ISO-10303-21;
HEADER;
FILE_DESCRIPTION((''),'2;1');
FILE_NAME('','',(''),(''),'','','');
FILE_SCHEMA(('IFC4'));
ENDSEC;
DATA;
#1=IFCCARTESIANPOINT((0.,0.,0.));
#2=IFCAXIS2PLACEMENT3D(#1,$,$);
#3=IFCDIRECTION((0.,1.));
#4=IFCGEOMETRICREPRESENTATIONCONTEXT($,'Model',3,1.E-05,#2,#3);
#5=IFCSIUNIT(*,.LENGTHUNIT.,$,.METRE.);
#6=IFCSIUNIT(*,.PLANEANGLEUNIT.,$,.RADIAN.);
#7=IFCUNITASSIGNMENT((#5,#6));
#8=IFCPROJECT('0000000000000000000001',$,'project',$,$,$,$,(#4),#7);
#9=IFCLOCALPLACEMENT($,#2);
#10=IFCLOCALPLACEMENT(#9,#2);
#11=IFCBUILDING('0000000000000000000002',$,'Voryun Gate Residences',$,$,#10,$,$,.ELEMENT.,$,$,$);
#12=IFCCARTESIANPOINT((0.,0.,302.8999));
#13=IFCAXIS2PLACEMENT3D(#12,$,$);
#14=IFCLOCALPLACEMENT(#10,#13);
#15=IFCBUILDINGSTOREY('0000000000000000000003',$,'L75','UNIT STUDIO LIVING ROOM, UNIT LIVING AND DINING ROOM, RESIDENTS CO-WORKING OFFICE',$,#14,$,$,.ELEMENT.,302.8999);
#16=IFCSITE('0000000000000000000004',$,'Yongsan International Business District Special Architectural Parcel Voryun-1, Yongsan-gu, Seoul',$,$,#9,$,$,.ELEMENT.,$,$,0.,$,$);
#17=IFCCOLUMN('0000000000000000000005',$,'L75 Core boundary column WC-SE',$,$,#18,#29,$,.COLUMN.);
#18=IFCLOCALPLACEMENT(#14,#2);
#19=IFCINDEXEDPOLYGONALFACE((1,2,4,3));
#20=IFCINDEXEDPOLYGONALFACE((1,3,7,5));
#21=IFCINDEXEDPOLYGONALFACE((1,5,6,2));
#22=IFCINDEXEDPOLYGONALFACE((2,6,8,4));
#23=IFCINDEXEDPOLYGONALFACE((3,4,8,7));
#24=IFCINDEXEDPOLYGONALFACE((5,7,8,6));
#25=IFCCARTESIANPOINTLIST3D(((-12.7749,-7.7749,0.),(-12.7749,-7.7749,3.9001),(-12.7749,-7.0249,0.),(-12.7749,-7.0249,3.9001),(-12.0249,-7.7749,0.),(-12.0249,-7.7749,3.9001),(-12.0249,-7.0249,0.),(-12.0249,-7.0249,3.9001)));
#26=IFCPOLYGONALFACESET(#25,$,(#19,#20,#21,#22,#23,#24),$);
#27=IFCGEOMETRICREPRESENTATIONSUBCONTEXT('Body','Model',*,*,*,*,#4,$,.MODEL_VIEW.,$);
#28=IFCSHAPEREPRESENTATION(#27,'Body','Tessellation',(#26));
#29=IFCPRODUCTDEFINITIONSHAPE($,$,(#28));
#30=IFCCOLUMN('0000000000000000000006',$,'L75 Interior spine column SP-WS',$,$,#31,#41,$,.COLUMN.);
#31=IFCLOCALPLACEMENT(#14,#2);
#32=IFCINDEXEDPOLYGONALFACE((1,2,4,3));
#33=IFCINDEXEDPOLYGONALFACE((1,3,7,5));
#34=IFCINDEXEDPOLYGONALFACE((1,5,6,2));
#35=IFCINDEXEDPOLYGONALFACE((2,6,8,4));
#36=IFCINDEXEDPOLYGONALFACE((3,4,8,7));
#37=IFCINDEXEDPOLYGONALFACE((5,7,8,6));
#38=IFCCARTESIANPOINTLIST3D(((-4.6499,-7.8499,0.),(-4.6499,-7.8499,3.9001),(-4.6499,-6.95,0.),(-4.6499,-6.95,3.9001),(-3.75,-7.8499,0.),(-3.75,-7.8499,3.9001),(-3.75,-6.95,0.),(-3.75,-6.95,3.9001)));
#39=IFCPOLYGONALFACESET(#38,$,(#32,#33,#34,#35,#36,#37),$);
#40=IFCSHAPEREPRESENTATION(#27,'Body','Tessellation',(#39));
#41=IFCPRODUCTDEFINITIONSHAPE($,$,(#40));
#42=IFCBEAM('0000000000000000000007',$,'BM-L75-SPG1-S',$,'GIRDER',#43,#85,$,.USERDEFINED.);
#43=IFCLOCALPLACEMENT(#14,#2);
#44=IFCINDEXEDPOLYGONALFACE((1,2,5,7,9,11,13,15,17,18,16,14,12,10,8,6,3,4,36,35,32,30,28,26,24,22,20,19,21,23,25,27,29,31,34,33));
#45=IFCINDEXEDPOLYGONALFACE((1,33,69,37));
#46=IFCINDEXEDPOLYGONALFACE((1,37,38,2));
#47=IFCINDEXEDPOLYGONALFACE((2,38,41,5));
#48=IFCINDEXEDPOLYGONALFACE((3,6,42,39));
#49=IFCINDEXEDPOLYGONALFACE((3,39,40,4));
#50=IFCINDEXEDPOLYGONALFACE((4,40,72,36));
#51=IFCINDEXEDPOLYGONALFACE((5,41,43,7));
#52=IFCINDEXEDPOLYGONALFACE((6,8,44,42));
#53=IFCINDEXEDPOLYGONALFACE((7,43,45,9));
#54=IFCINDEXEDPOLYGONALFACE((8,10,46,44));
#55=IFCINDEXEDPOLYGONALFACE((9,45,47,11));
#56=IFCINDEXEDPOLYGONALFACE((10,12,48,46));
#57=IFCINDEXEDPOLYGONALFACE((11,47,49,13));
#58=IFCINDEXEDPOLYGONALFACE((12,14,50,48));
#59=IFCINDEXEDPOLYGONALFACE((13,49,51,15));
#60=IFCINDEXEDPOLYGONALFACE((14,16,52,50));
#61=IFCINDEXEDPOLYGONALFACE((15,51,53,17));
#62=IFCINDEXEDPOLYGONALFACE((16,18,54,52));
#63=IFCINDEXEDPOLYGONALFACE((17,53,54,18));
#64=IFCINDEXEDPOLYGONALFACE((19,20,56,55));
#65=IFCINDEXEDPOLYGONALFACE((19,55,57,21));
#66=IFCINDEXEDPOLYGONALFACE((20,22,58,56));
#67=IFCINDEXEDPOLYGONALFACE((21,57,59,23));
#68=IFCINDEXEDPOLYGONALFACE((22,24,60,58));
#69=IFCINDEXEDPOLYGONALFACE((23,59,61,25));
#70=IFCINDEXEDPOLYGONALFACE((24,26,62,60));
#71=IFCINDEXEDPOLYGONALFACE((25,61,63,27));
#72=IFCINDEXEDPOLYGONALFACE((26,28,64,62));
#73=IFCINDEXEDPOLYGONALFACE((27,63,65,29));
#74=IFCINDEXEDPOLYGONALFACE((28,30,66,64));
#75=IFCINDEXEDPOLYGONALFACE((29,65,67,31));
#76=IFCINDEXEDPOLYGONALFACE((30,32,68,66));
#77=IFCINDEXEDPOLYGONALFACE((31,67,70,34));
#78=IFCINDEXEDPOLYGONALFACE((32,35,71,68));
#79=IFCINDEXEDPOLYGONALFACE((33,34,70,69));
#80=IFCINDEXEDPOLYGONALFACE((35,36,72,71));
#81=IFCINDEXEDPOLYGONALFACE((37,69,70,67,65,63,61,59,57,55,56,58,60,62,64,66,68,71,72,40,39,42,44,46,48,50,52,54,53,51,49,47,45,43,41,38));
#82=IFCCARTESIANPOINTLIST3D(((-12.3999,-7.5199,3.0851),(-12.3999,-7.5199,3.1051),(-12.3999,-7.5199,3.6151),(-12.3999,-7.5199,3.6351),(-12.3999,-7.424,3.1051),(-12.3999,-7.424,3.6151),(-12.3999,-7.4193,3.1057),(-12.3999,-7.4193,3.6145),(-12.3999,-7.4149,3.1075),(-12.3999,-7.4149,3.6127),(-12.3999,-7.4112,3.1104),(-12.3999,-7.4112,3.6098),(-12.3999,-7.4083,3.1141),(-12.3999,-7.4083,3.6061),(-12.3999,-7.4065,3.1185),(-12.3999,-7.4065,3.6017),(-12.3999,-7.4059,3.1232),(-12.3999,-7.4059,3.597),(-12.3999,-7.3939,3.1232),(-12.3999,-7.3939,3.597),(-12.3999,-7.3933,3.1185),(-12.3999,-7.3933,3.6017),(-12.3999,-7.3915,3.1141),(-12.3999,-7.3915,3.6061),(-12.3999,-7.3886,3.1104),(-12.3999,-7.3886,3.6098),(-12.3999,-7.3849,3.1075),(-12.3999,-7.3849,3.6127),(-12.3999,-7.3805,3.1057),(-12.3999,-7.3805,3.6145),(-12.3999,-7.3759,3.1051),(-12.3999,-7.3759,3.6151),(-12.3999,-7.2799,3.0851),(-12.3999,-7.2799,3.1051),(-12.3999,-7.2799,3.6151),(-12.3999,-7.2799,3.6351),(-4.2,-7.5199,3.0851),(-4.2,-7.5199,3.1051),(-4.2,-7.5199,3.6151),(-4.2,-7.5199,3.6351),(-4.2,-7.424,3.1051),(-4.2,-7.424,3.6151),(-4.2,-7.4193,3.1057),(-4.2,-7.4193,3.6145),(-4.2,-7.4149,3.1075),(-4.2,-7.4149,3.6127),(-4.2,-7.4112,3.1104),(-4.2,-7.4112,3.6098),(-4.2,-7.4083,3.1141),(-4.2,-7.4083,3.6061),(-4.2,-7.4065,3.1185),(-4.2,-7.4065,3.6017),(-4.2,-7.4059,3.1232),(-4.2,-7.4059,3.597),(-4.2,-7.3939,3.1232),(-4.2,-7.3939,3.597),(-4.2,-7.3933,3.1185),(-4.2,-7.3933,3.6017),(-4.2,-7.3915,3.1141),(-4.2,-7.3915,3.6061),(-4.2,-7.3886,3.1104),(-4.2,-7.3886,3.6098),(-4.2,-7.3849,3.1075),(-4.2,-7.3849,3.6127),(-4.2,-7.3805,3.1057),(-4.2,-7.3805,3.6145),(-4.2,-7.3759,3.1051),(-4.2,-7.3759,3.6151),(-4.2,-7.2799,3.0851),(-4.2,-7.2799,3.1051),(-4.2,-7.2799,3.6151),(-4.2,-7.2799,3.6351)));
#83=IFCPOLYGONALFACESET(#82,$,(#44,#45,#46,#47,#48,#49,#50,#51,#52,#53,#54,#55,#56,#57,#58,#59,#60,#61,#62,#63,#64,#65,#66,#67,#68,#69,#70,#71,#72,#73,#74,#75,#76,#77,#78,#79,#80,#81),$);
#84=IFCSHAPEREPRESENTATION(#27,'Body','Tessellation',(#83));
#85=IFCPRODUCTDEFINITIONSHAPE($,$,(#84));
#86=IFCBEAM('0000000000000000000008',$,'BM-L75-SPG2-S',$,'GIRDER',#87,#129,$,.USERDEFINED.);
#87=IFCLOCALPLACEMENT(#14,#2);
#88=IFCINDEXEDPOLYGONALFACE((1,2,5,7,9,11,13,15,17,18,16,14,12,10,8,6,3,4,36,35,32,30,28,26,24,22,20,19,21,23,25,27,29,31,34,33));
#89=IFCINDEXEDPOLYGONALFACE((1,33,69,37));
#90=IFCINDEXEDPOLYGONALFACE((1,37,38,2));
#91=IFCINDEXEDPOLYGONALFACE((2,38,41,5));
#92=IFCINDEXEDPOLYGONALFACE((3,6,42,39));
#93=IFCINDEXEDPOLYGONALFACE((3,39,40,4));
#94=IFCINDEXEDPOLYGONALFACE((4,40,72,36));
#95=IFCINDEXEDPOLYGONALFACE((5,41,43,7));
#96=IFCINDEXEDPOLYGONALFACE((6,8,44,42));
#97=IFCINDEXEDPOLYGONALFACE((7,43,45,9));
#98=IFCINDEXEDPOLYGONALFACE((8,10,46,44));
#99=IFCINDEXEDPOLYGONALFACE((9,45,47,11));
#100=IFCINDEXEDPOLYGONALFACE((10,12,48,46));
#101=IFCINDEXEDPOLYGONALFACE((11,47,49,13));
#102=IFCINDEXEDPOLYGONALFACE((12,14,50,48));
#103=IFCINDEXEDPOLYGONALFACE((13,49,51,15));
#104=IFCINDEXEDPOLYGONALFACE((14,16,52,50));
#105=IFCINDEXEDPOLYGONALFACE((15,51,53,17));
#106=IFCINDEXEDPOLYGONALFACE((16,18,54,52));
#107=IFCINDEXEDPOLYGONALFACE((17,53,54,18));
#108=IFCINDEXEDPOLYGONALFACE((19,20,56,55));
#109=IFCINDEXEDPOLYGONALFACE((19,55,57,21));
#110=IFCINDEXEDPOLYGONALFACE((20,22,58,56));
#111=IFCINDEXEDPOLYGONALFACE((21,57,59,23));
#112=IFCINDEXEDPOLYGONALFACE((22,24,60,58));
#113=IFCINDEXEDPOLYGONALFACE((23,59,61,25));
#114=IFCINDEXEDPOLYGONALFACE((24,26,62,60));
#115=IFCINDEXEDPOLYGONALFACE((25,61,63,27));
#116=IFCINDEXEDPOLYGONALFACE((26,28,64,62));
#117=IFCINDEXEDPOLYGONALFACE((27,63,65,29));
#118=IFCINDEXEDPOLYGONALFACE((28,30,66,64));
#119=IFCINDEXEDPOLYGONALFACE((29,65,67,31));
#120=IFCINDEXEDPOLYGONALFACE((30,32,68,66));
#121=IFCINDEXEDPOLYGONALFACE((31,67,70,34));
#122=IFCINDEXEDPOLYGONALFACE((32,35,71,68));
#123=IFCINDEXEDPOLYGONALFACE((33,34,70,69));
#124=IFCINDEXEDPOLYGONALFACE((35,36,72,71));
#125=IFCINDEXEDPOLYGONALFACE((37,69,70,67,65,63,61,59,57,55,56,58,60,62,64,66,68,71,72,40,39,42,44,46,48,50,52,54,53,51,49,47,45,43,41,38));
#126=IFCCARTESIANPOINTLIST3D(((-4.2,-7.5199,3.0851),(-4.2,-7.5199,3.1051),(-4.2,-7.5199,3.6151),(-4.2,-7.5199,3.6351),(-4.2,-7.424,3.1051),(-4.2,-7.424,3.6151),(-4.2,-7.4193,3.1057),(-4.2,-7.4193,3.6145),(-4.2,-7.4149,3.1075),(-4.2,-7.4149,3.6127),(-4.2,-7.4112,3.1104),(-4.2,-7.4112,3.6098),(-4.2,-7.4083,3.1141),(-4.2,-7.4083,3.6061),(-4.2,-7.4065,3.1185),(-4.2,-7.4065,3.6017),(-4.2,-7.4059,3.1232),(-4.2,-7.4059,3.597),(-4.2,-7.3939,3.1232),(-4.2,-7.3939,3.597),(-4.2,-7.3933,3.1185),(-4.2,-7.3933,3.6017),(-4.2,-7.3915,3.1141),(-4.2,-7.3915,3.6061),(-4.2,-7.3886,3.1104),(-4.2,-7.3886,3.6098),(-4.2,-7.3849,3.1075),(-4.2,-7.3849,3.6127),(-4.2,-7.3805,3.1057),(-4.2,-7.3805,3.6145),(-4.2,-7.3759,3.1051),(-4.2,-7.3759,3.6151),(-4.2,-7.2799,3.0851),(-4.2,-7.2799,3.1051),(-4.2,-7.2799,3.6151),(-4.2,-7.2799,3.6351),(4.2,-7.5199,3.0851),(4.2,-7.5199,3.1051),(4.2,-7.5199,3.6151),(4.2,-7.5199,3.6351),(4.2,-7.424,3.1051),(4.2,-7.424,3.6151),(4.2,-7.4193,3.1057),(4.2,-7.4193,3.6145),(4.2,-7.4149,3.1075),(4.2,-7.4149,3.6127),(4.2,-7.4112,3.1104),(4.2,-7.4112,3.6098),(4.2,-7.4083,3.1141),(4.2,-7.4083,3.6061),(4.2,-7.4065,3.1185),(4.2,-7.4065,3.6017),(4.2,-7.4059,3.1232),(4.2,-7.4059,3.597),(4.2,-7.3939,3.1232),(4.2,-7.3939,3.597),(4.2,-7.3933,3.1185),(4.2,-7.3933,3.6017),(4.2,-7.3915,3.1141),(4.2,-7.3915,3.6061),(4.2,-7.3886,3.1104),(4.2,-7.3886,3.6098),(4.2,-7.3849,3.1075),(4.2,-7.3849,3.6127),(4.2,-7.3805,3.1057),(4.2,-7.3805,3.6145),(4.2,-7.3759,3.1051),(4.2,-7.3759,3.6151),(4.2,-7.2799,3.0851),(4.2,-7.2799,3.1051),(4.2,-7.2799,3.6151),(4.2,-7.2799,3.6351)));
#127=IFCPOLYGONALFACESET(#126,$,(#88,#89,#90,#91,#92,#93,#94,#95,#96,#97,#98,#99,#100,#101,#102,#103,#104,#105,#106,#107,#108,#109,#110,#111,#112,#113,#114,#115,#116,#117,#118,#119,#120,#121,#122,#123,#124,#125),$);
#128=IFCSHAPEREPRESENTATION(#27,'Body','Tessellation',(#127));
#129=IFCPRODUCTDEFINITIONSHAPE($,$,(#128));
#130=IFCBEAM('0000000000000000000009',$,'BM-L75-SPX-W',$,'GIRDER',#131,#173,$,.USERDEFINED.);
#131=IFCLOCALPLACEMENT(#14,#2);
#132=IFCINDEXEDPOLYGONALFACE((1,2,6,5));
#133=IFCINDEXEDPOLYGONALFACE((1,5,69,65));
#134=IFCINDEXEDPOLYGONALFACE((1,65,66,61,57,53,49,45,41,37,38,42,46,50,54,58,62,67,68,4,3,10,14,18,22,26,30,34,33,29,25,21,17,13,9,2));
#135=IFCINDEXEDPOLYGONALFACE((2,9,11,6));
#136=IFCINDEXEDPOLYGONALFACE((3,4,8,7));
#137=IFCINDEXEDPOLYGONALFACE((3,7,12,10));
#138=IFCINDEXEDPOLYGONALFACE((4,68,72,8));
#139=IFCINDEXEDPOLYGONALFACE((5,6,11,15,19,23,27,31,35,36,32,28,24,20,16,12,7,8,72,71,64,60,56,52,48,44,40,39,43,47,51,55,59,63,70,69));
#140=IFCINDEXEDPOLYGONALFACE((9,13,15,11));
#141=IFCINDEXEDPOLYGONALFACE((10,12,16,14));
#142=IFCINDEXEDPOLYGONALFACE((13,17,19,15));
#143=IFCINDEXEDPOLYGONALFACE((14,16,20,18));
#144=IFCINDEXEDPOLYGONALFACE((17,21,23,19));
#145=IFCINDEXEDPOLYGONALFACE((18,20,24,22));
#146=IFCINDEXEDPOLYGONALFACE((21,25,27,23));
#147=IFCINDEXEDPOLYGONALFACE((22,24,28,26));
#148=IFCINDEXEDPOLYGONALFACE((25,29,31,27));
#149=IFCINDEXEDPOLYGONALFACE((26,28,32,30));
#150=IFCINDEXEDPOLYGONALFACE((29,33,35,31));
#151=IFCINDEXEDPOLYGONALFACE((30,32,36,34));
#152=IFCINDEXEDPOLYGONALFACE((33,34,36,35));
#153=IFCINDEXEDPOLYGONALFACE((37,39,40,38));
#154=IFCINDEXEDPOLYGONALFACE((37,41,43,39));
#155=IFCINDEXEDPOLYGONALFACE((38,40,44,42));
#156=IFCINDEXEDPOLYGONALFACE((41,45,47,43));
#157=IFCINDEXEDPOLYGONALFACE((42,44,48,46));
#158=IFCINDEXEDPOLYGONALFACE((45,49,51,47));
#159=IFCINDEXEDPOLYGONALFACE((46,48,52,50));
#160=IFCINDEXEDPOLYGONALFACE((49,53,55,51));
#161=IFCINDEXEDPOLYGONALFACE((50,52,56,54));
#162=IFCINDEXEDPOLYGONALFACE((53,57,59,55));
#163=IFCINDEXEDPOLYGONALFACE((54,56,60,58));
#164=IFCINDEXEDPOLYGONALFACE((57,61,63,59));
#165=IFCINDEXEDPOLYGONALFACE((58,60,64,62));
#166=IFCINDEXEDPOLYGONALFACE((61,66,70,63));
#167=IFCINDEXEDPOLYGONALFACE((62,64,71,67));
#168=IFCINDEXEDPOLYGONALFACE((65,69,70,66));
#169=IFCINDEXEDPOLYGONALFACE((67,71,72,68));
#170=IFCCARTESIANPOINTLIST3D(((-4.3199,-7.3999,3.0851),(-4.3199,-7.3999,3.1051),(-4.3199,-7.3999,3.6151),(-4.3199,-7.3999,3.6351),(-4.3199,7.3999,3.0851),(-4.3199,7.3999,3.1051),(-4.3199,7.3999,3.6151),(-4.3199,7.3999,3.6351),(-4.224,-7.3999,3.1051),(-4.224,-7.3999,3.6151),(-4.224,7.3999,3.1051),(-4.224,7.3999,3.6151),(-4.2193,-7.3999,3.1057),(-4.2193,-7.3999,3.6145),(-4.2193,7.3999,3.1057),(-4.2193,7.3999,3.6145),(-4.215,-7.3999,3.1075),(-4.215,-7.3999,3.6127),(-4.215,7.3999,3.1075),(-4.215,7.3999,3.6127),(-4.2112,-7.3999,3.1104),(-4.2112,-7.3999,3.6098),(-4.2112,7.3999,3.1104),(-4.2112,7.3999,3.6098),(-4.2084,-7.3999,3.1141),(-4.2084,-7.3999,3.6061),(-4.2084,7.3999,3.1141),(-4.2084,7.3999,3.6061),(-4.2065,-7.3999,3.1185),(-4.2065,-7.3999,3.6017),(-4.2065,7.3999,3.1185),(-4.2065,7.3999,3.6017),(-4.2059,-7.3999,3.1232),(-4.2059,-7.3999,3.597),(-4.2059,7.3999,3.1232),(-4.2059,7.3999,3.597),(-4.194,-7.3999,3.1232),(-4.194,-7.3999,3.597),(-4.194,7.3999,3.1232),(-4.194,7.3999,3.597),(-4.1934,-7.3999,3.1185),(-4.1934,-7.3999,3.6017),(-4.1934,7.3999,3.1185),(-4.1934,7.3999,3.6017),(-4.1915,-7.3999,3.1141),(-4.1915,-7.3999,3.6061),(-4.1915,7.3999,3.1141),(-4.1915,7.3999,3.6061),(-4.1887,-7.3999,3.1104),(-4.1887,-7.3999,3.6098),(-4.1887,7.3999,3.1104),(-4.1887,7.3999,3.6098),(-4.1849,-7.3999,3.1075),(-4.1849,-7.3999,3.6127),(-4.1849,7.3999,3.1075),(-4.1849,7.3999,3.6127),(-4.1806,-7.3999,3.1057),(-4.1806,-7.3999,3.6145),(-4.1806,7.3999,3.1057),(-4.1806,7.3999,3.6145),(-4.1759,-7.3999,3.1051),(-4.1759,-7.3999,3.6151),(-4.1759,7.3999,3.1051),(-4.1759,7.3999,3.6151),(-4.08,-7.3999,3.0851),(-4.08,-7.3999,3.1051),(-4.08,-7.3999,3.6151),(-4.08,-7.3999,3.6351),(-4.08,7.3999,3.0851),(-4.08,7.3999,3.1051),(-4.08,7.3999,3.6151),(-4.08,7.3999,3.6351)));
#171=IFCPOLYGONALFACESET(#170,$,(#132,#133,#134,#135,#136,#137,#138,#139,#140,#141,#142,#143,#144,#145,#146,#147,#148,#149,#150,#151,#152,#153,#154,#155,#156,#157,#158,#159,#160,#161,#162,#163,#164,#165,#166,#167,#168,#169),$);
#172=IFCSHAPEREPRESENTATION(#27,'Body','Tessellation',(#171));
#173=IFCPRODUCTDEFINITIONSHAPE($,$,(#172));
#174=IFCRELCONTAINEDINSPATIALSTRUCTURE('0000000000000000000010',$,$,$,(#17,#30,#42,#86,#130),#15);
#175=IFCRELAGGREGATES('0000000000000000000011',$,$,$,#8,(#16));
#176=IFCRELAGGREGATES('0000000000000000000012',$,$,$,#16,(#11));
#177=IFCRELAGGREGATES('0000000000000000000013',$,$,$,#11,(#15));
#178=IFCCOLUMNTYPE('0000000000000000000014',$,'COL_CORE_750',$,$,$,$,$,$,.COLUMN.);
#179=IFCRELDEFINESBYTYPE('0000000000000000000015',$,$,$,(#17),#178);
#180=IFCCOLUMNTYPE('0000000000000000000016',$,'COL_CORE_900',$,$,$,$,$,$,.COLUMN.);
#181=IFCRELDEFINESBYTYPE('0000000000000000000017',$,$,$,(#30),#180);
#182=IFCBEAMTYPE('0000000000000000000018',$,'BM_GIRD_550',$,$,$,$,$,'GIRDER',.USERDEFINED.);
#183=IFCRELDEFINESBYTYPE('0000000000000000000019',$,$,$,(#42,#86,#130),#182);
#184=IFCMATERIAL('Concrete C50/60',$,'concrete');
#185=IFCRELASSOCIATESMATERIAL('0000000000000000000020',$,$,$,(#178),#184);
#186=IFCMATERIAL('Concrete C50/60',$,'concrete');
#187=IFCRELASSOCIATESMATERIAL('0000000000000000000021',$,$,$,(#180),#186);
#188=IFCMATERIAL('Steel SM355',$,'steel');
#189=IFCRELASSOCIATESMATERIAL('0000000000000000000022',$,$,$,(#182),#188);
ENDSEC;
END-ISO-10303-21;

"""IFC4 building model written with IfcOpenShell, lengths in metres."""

from ifc_helpers import new_model, si_unit, direction, frame, origin, origin_2d, place, context, subcontext, project, spatial, rectangle, i_section, extrude, material, material_profile, profile_set, type_object, element, save


model = new_model("IFC4")

# Units and contexts
model_context = context("Model", 3, precision=1e-05, world=origin(), true_north=direction((0.0, 1.0)))
body_context = subcontext(model_context, "Body", "Model", "MODEL_VIEW")
ifc_project = project(units=[si_unit("LENGTHUNIT", "METRE"), si_unit("PLANEANGLEUNIT", "RADIAN")], contexts=[model_context])

# Site, building, storey
site_placement = place(None, origin())
site = spatial("IfcSite", under=ifc_project, at=site_placement, Name="Yongsan International Business District Special Architectural Parcel Voryun-1, Yongsan-gu, Seoul", CompositionType="ELEMENT", RefElevation=0.0)
building_placement = place(site_placement, origin())
building = spatial("IfcBuilding", under=site, at=building_placement, Name="Voryun Gate Residences", CompositionType="ELEMENT")
storey_placement = place(building_placement, frame((0.0, 0.0, 302.8999)))
storey = spatial("IfcBuildingStorey", under=building, at=storey_placement, Name="L75", Description="UNIT STUDIO LIVING ROOM, UNIT LIVING AND DINING ROOM, RESIDENTS CO-WORKING OFFICE", CompositionType="ELEMENT", Elevation=302.8999)

# Columns
ifc_material_1 = material(Name="Concrete C50/60", Category="concrete")
ifc_material_profile_1 = material_profile(ifc_material_1, rectangle(XDim=0.75, YDim=0.75, at=origin_2d()), Name="RC-750x750")
ifc_profile_set_1 = profile_set([ifc_material_profile_1], Name="Concrete C50/60")
column_type_1 = type_object("IfcColumnType", Name="COL_CORE_750", PredefinedType="COLUMN", material=ifc_profile_set_1)
column_1_placement = place(storey_placement, frame((-12.3999, -7.3999, 0.0), z_axis=(0.0, 0.0, 1.0), x_axis=(1.0, 0.0, 0.0)))
element("IfcColumn", 1, at=column_1_placement, inside=storey, type_object=column_type_1, Name="L75 Core boundary column WC-SE", PredefinedType="COLUMN", context=body_context, shape_type="SweptSolid", body=[
    extrude(rectangle(XDim=0.75, YDim=0.75, at=origin_2d()), origin(), (0.0, 0.0, 1.0), 3.9001),
])
ifc_material_2 = material(Name="Concrete C50/60", Category="concrete")
ifc_material_profile_2 = material_profile(ifc_material_2, rectangle(XDim=0.8999, YDim=0.8999, at=origin_2d()), Name="RC-900x900")
ifc_profile_set_2 = profile_set([ifc_material_profile_2], Name="Concrete C50/60")
column_type_2 = type_object("IfcColumnType", Name="COL_CORE_900", PredefinedType="COLUMN", material=ifc_profile_set_2)
column_2_placement = place(storey_placement, frame((-4.2, -7.3999, 0.0), z_axis=(0.0, 0.0, 1.0), x_axis=(1.0, 0.0, 0.0)))
element("IfcColumn", 2, at=column_2_placement, inside=storey, type_object=column_type_2, Name="L75 Interior spine column SP-WS", PredefinedType="COLUMN", context=body_context, shape_type="SweptSolid", body=[
    extrude(rectangle(XDim=0.8999, YDim=0.8999, at=origin_2d()), origin(), (0.0, 0.0, 1.0), 3.9001),
])

# Beams
ifc_material_3 = material(Name="Steel SM355", Category="steel")
ifc_material_profile_3 = material_profile(ifc_material_3, i_section(OverallWidth=0.24, OverallDepth=0.55, WebThickness=0.012, FlangeThickness=0.02, FilletRadius=0.0181, at=origin_2d()), Name="H-550x240x12x20")
ifc_profile_set_3 = profile_set([ifc_material_profile_3], Name="Steel SM355")
beam_type_1 = type_object("IfcBeamType", Name="BM_GIRD_550", ElementType="GIRDER", PredefinedType="USERDEFINED", material=ifc_profile_set_3)
beam_1_placement = place(storey_placement, frame((-12.3999, -7.3999, 3.3601), z_axis=(1.0, 0.0, 0.0), x_axis=(0.0, 1.0, 0.0)))
element("IfcBeam", 3, at=beam_1_placement, inside=storey, type_object=beam_type_1, Name="BM-L75-SPG1-S", ObjectType="GIRDER", PredefinedType="USERDEFINED", context=body_context, shape_type="SweptSolid", body=[
    extrude(i_section(OverallWidth=0.24, OverallDepth=0.55, WebThickness=0.012, FlangeThickness=0.02, FilletRadius=0.0181, at=origin_2d()), origin(), (0.0, 0.0, 1.0), 8.2),
])
beam_2_placement = place(storey_placement, frame((-4.2, -7.3999, 3.3601), z_axis=(1.0, 0.0, 0.0), x_axis=(0.0, 1.0, 0.0)))
element("IfcBeam", 4, at=beam_2_placement, inside=storey, type_object=beam_type_1, Name="BM-L75-SPG2-S", ObjectType="GIRDER", PredefinedType="USERDEFINED", context=body_context, shape_type="SweptSolid", body=[
    extrude(i_section(OverallWidth=0.24, OverallDepth=0.55, WebThickness=0.012, FlangeThickness=0.02, FilletRadius=0.0181, at=origin_2d()), origin(), (0.0, 0.0, 1.0), 8.3999),
])
beam_3_placement = place(storey_placement, frame((-4.2, -7.3999, 3.3601), z_axis=(0.0, 1.0, 0.0), x_axis=(-1.0, 0.0, 0.0)))
element("IfcBeam", 5, at=beam_3_placement, inside=storey, type_object=beam_type_1, Name="BM-L75-SPX-W", ObjectType="GIRDER", PredefinedType="USERDEFINED", context=body_context, shape_type="SweptSolid", body=[
    extrude(i_section(OverallWidth=0.24, OverallDepth=0.55, WebThickness=0.012, FlangeThickness=0.02, FilletRadius=0.0181, at=origin_2d()), origin(), (0.0, 0.0, 1.0), 14.7998),
])

save(model, "model.ifc")
